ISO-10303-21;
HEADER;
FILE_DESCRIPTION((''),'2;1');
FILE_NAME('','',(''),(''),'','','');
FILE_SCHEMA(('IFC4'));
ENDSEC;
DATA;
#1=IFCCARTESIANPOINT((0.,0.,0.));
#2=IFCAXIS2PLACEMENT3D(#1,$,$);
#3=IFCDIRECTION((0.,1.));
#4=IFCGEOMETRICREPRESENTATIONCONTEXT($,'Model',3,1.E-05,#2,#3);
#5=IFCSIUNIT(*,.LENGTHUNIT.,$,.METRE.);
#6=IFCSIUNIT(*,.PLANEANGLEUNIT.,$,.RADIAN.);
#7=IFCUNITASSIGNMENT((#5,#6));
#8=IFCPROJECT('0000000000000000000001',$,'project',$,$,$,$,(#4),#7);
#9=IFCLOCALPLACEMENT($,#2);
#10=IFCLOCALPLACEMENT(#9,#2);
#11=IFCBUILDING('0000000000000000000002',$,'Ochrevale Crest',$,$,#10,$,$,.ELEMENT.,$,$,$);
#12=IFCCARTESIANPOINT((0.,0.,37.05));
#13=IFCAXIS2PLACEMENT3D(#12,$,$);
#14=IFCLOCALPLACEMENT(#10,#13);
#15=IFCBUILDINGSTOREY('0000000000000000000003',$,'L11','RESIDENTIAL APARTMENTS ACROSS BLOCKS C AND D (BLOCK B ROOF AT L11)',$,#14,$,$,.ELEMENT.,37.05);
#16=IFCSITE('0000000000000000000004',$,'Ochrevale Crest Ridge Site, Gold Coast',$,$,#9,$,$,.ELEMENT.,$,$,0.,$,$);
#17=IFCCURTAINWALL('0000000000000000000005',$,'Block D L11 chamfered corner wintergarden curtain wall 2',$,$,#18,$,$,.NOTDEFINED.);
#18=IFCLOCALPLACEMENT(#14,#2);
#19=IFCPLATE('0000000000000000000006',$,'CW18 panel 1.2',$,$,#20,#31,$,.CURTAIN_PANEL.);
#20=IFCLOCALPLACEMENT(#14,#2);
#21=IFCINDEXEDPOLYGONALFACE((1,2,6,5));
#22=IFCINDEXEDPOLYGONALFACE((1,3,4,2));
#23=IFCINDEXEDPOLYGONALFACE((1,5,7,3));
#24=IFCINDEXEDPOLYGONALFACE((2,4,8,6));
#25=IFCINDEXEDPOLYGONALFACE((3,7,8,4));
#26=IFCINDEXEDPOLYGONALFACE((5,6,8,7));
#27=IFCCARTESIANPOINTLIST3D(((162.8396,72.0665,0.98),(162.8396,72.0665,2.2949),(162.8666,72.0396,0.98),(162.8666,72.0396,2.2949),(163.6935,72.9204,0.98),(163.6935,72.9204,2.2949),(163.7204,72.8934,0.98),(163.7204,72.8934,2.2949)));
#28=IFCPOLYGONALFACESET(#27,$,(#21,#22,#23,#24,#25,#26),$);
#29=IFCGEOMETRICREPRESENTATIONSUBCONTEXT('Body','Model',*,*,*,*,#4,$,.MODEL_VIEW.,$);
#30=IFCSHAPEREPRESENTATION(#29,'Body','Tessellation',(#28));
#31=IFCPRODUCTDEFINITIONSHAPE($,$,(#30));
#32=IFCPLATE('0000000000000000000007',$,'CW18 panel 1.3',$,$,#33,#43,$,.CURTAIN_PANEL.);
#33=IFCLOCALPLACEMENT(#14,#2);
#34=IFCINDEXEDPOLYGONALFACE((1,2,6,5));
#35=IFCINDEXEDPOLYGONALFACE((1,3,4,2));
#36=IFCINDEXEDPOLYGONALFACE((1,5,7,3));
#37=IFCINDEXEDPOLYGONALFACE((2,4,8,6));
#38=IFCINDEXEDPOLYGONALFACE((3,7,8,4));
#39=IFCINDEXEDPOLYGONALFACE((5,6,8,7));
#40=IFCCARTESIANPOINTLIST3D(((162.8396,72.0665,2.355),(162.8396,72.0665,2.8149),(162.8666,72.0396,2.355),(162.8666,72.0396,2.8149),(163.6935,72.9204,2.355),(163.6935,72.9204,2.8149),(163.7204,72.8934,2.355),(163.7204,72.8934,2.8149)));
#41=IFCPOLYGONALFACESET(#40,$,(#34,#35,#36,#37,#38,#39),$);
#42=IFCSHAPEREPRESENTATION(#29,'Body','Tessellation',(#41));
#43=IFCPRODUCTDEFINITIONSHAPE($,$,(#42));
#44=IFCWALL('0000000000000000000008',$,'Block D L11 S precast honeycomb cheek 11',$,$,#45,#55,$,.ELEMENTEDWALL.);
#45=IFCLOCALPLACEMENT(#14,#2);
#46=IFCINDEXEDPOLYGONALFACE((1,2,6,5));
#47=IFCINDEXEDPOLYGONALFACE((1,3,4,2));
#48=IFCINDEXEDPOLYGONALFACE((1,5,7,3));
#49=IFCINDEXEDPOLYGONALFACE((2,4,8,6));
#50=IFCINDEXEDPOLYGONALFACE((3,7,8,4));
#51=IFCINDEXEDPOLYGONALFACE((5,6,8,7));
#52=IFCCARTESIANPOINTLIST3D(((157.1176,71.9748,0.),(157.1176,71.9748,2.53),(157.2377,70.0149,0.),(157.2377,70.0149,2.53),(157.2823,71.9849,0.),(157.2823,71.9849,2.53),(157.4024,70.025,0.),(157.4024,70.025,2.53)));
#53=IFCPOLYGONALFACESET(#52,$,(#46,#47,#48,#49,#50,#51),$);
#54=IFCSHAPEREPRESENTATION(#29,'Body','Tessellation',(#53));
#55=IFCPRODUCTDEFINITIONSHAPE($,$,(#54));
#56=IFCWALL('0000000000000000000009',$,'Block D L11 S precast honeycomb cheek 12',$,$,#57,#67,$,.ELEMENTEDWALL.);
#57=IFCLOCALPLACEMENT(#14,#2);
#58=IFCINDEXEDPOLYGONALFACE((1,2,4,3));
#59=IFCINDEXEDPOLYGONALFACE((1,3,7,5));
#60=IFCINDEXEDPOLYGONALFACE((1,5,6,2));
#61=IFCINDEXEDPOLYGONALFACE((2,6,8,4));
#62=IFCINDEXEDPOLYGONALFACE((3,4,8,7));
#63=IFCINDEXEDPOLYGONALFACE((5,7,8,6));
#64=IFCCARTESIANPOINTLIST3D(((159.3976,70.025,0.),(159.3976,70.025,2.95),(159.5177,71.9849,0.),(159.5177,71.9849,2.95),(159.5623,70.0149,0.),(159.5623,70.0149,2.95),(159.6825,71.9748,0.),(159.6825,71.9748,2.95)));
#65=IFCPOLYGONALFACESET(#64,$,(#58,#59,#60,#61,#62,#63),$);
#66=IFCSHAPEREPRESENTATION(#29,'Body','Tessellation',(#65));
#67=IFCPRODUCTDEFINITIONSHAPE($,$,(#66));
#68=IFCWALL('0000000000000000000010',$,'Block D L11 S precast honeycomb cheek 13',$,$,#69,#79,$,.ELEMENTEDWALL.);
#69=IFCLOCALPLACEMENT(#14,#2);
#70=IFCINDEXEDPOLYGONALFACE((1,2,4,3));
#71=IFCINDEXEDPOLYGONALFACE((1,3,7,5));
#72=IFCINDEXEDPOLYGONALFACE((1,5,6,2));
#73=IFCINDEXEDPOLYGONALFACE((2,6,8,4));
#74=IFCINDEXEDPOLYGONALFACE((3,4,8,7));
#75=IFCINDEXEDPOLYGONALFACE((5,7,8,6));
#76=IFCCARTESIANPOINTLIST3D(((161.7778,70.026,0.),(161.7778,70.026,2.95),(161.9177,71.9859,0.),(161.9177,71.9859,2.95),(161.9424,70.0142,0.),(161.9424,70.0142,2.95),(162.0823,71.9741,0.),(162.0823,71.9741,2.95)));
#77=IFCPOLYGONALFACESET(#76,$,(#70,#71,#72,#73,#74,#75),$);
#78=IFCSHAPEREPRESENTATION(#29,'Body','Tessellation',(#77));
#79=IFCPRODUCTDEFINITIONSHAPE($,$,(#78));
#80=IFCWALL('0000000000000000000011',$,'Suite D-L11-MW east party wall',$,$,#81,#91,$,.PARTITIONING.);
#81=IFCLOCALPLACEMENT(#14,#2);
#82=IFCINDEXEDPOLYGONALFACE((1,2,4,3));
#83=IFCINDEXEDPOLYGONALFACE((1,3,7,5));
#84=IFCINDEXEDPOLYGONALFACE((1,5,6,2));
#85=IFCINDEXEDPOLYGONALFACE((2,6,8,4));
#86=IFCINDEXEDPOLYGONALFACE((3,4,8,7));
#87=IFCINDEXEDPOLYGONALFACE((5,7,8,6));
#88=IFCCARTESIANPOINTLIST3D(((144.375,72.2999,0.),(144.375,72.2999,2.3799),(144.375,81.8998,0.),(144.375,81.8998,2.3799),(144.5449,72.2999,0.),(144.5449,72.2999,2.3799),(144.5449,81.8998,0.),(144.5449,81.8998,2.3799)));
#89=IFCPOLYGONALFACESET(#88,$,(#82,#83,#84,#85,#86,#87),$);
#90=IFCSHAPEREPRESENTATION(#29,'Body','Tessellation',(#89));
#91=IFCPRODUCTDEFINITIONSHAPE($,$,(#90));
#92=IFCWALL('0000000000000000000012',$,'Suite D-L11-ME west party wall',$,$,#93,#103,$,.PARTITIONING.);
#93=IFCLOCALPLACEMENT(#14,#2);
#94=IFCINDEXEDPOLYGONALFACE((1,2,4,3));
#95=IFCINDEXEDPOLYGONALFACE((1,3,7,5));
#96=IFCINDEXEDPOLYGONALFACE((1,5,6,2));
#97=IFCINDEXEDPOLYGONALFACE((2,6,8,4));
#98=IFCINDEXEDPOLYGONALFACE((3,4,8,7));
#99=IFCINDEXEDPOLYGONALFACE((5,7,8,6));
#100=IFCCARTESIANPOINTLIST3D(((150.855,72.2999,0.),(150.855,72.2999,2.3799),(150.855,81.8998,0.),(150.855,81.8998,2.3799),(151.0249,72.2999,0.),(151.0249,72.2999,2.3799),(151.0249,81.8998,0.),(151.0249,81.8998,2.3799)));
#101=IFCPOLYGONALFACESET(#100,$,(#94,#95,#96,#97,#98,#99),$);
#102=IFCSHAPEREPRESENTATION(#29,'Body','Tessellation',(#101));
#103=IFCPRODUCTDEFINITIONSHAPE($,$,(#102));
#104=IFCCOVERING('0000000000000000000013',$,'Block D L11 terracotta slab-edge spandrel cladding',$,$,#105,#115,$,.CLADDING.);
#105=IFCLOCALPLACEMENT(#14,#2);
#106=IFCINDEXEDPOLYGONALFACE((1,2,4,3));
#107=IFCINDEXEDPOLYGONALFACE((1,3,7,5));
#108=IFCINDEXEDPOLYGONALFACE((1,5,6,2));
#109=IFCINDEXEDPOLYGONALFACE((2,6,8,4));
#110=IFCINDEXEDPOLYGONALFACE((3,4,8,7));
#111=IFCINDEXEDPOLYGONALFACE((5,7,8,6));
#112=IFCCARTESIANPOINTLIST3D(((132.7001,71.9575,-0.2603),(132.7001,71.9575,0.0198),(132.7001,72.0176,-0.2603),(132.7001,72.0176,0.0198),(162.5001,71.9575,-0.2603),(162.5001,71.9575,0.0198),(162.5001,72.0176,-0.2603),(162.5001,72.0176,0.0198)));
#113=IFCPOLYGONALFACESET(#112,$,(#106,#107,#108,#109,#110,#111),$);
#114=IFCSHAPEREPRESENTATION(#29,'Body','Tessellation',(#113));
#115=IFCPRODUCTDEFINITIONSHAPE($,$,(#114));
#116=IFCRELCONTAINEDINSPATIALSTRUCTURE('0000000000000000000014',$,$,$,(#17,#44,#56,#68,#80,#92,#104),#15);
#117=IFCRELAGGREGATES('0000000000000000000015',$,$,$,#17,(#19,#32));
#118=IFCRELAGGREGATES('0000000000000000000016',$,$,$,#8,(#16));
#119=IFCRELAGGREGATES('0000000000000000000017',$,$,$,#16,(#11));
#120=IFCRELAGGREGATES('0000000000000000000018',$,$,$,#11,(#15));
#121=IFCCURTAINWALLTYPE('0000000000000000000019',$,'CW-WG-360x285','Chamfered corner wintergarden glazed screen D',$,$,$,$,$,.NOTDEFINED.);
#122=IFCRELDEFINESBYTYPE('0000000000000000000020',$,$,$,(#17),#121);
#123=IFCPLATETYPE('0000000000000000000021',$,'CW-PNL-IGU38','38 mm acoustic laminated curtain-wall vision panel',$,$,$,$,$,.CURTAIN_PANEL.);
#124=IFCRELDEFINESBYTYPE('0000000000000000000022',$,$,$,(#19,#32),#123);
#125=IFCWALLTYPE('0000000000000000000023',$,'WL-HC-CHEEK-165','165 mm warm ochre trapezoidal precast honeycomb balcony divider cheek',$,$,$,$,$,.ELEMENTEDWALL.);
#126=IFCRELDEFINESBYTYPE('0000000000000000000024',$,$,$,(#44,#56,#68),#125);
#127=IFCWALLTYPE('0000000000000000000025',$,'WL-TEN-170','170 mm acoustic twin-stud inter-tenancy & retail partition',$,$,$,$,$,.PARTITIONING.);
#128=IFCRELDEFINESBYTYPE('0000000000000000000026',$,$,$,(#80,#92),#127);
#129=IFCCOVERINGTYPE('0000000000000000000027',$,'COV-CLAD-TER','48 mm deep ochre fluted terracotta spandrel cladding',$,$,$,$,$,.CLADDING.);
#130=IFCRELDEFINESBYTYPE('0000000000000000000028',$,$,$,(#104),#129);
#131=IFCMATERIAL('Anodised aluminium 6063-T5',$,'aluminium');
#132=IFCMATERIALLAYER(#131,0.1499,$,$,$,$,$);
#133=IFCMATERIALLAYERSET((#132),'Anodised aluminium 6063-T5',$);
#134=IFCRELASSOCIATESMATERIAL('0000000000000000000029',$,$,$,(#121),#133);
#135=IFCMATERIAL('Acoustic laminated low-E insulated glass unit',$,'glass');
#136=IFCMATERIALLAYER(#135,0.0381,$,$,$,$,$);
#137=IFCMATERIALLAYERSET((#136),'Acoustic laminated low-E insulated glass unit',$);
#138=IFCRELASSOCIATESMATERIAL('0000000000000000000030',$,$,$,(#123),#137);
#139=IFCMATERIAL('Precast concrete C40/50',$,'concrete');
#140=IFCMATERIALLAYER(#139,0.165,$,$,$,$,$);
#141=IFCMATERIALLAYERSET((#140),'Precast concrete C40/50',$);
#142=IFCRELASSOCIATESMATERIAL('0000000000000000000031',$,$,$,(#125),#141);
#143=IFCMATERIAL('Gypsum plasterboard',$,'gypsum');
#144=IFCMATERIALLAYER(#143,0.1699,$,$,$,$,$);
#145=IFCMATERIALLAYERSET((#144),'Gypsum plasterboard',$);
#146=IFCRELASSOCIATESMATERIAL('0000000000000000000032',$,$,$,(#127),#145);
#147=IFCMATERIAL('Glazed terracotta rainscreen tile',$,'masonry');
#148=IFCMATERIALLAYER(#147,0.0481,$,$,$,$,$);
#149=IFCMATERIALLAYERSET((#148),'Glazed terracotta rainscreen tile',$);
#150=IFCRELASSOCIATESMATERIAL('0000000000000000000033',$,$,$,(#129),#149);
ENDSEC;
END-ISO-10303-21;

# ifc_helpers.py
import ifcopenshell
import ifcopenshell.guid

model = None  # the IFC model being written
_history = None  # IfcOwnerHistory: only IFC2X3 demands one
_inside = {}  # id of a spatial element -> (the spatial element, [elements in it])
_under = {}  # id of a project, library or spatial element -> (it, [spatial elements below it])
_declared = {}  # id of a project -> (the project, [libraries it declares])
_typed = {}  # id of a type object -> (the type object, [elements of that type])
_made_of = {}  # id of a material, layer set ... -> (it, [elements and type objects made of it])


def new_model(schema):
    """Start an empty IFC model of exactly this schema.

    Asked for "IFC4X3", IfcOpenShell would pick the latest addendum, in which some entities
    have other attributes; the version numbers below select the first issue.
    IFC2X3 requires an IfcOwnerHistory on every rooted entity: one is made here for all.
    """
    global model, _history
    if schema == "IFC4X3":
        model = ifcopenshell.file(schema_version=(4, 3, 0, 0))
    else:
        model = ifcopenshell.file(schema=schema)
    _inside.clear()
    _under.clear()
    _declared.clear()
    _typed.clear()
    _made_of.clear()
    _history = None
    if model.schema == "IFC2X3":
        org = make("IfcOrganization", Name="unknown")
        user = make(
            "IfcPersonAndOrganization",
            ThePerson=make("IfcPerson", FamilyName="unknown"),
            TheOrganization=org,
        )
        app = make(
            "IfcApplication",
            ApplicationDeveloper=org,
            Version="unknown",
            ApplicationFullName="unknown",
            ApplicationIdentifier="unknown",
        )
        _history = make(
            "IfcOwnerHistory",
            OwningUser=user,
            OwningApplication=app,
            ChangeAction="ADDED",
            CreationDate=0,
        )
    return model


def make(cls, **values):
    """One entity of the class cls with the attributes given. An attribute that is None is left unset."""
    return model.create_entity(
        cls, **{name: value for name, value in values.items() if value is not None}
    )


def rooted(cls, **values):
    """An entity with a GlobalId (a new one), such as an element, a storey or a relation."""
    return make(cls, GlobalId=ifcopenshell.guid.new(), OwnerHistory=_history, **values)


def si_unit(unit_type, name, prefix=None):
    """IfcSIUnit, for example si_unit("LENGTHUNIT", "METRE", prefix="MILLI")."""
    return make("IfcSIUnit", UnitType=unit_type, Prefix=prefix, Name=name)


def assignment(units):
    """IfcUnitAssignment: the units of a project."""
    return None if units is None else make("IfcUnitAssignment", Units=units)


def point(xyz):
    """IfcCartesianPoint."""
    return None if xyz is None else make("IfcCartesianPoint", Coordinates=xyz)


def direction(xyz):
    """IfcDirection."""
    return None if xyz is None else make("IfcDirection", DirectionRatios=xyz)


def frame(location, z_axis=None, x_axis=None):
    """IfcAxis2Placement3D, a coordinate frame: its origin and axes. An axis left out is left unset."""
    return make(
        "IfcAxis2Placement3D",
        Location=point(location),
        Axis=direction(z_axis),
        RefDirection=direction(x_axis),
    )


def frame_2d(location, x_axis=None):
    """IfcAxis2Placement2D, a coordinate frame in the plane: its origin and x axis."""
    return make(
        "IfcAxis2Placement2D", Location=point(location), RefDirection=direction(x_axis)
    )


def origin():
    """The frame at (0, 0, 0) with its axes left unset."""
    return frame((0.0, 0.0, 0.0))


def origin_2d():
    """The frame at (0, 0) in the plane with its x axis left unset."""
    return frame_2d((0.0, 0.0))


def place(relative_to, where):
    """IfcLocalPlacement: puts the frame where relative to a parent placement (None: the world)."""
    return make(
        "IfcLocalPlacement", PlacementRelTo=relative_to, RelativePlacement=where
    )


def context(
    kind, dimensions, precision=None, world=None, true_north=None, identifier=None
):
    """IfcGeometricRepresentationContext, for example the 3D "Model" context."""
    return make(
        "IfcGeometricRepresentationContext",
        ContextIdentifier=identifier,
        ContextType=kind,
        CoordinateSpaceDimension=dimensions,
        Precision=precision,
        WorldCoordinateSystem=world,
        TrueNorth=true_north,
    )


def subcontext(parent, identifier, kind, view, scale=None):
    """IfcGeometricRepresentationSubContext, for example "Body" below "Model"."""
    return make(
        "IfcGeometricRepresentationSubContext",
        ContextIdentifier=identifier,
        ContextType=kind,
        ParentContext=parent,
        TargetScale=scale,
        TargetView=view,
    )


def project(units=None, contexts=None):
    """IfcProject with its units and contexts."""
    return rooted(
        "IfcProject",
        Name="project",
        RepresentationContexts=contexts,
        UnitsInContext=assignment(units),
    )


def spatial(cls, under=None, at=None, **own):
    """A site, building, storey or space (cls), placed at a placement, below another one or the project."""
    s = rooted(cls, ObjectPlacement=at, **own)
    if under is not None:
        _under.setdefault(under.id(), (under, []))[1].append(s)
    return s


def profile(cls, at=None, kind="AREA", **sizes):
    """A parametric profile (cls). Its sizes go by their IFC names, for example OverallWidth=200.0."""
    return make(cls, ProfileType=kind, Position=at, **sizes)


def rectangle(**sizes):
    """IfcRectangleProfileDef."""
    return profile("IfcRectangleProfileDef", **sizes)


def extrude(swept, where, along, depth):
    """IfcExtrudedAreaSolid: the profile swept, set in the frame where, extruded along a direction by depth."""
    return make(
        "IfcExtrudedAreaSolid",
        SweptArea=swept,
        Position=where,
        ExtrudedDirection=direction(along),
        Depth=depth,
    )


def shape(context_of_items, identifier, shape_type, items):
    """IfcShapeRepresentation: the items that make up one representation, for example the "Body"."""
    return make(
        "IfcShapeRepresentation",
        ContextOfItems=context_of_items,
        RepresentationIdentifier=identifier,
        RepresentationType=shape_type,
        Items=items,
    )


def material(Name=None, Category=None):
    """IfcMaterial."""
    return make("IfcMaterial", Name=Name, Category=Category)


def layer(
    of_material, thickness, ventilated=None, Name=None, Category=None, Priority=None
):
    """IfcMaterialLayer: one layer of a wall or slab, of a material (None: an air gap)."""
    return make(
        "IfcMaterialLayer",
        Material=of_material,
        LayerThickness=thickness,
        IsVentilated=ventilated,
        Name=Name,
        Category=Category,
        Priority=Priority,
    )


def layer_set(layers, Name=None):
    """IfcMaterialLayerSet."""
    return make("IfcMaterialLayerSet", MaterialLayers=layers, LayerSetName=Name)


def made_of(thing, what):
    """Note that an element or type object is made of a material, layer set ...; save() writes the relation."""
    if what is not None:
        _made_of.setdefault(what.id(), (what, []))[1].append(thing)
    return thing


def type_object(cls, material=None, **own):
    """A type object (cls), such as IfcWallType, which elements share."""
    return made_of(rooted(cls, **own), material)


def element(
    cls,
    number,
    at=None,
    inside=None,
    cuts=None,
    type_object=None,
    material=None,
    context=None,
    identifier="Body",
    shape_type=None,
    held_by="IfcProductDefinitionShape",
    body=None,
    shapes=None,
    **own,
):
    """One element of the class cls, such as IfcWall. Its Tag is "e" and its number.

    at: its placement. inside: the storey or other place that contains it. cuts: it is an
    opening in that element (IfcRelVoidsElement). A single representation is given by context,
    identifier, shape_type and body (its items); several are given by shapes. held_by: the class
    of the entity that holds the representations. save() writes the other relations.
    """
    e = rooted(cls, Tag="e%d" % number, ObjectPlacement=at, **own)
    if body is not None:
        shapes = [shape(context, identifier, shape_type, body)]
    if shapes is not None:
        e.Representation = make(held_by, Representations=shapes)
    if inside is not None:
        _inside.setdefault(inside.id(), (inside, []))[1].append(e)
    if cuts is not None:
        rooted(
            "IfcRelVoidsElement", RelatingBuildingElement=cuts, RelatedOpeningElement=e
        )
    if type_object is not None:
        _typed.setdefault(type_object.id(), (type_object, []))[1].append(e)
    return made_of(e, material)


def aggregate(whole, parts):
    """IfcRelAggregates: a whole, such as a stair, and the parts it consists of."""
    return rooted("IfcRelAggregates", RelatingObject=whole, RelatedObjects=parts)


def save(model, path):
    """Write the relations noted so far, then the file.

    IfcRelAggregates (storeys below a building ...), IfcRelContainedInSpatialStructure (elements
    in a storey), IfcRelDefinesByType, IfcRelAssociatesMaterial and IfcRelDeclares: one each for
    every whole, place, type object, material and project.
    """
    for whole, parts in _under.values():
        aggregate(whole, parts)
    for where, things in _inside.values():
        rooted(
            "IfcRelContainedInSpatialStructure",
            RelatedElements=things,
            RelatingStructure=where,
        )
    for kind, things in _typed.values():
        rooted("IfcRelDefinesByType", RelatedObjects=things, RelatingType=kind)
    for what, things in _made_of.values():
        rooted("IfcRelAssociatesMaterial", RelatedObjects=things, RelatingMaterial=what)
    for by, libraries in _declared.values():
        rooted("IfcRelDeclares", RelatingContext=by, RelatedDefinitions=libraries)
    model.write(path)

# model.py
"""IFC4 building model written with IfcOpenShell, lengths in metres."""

from ifc_helpers import new_model, si_unit, direction, frame, frame_2d, origin, origin_2d, place, context, subcontext, project, spatial, rectangle, extrude, material, layer, layer_set, type_object, element, aggregate, save


model = new_model("IFC4")

# Units and contexts
model_context = context("Model", 3, precision=1e-05, world=origin(), true_north=direction((0.0, 1.0)))
body_context = subcontext(model_context, "Body", "Model", "MODEL_VIEW")
ifc_project = project(units=[si_unit("LENGTHUNIT", "METRE"), si_unit("PLANEANGLEUNIT", "RADIAN")], contexts=[model_context])

# Site, building, storey
site_placement = place(None, origin())
site = spatial("IfcSite", under=ifc_project, at=site_placement, Name="Ochrevale Crest Ridge Site, Gold Coast", CompositionType="ELEMENT", RefElevation=0.0)
building_placement = place(site_placement, origin())
building = spatial("IfcBuilding", under=site, at=building_placement, Name="Ochrevale Crest", CompositionType="ELEMENT")
storey_placement = place(building_placement, frame((0.0, 0.0, 37.05)))
storey = spatial("IfcBuildingStorey", under=building, at=storey_placement, Name="L11", Description="RESIDENTIAL APARTMENTS ACROSS BLOCKS C AND D (BLOCK B ROOF AT L11)", CompositionType="ELEMENT", Elevation=37.05)

# Shared definitions
ifc_material_1 = material(Name="Precast concrete C40/50", Category="concrete")

# Curtain wall, plates
ifc_material_2 = material(Name="Anodised aluminium 6063-T5", Category="aluminium")
ifc_layer_1 = layer(ifc_material_2, 0.1499)
ifc_layer_set_1 = layer_set([ifc_layer_1], Name="Anodised aluminium 6063-T5")
curtain_wall_type = type_object("IfcCurtainWallType", Name="CW-WG-360x285", Description="Chamfered corner wintergarden glazed screen D", PredefinedType="NOTDEFINED", material=ifc_layer_set_1)
curtain_wall_placement = place(storey_placement, origin())
curtain_wall = element("IfcCurtainWall", 1, at=curtain_wall_placement, inside=storey, type_object=curtain_wall_type, Name="Block D L11 chamfered corner wintergarden curtain wall 2", PredefinedType="NOTDEFINED")
ifc_material_3 = material(Name="Acoustic laminated low-E insulated glass unit", Category="glass")
ifc_layer_2 = layer(ifc_material_3, 0.0381)
ifc_layer_set_2 = layer_set([ifc_layer_2], Name="Acoustic laminated low-E insulated glass unit")
plate_type = type_object("IfcPlateType", Name="CW-PNL-IGU38", Description="38 mm acoustic laminated curtain-wall vision panel", PredefinedType="CURTAIN_PANEL", material=ifc_layer_set_2)
plate_1_placement = place(storey_placement, frame((163.28, 72.48, 0.98), z_axis=(0.0, 0.0, 1.0), x_axis=(0.707107, 0.707107, 0.0)))
plate_1 = element("IfcPlate", 2, at=plate_1_placement, type_object=plate_type, Name="CW18 panel 1.2", PredefinedType="CURTAIN_PANEL", context=body_context, shape_type="SweptSolid", body=[
    extrude(rectangle(XDim=1.2075, YDim=0.0381, at=origin_2d()), origin(), (0.0, 0.0, 1.0), 1.3149),
])
plate_2_placement = place(storey_placement, frame((163.28, 72.48, 2.355), z_axis=(0.0, 0.0, 1.0), x_axis=(0.707107, 0.707107, 0.0)))
plate_2 = element("IfcPlate", 3, at=plate_2_placement, type_object=plate_type, Name="CW18 panel 1.3", PredefinedType="CURTAIN_PANEL", context=body_context, shape_type="SweptSolid", body=[
    extrude(rectangle(XDim=1.2075, YDim=0.0381, at=origin_2d()), origin(), (0.0, 0.0, 1.0), 0.46),
])
aggregate(curtain_wall, [plate_1, plate_2])

# Walls
ifc_layer_3 = layer(ifc_material_1, 0.165)
ifc_layer_set_3 = layer_set([ifc_layer_3], Name="Precast concrete C40/50")
wall_type_1 = type_object("IfcWallType", Name="WL-HC-CHEEK-165", Description="165 mm warm ochre trapezoidal precast honeycomb balcony divider cheek", PredefinedType="ELEMENTEDWALL", material=ifc_layer_set_3)
wall_1_placement = place(storey_placement, frame((157.2, 71.98, 0.0), z_axis=(0.0, 0.0, 1.0), x_axis=(0.061171, -0.998127, 0.0)))
element("IfcWall", 4, at=wall_1_placement, inside=storey, type_object=wall_type_1, Name="Block D L11 S precast honeycomb cheek 11", PredefinedType="ELEMENTEDWALL", context=body_context, shape_type="SweptSolid", body=[
    extrude(rectangle(XDim=1.9636, YDim=0.165, at=frame_2d((0.9819, 0.0))), origin(), (0.0, 0.0, 1.0), 2.53),
])
wall_2_placement = place(storey_placement, frame((159.6001, 71.98, 0.0), z_axis=(0.0, 0.0, 1.0), x_axis=(-0.061171, -0.998127, 0.0)))
element("IfcWall", 5, at=wall_2_placement, inside=storey, type_object=wall_type_1, Name="Block D L11 S precast honeycomb cheek 12", PredefinedType="ELEMENTEDWALL", context=body_context, shape_type="SweptSolid", body=[
    extrude(rectangle(XDim=1.9636, YDim=0.165, at=frame_2d((0.9819, 0.0))), origin(), (0.0, 0.0, 1.0), 2.95),
])
wall_3_placement = place(storey_placement, frame((162.0, 71.98, 0.0), z_axis=(0.0, 0.0, 1.0), x_axis=(-0.071194, -0.997462, 0.0)))
element("IfcWall", 6, at=wall_3_placement, inside=storey, type_object=wall_type_1, Name="Block D L11 S precast honeycomb cheek 13", PredefinedType="ELEMENTEDWALL", context=body_context, shape_type="SweptSolid", body=[
    extrude(rectangle(XDim=1.9648, YDim=0.165, at=frame_2d((0.9824, 0.0))), origin(), (0.0, 0.0, 1.0), 2.95),
])
ifc_material_4 = material(Name="Gypsum plasterboard", Category="gypsum")
ifc_layer_4 = layer(ifc_material_4, 0.1699)
ifc_layer_set_4 = layer_set([ifc_layer_4], Name="Gypsum plasterboard")
wall_type_2 = type_object("IfcWallType", Name="WL-TEN-170", Description="170 mm acoustic twin-stud inter-tenancy & retail partition", PredefinedType="PARTITIONING", material=ifc_layer_set_4)
for number, where, z_axis, x_axis, name in (
    (7, (144.46, 72.3, 0.0), (0.0, 0.0, 1.0), (0.0, 1.0, 0.0), "Suite D-L11-MW east party wall"),
    (8, (150.9399, 72.3, 0.0), (0.0, 0.0, 1.0), (0.0, 1.0, 0.0), "Suite D-L11-ME west party wall"),
):
    element("IfcWall", number, at=place(storey_placement, frame(where, z_axis=z_axis, x_axis=x_axis)), inside=storey, type_object=wall_type_2, Name=name, PredefinedType="PARTITIONING", context=body_context, shape_type="SweptSolid", body=[
        extrude(rectangle(XDim=9.5999, YDim=0.1699, at=frame_2d((4.7998, 0.0))), origin(), (0.0, 0.0, 1.0), 2.3799),
    ])

# Covering
ifc_material_5 = material(Name="Glazed terracotta rainscreen tile", Category="masonry")
ifc_layer_5 = layer(ifc_material_5, 0.0481)
ifc_layer_set_5 = layer_set([ifc_layer_5], Name="Glazed terracotta rainscreen tile")
covering_type = type_object("IfcCoveringType", Name="COV-CLAD-TER", Description="48 mm deep ochre fluted terracotta spandrel cladding", PredefinedType="CLADDING", material=ifc_layer_set_5)
covering_placement = place(storey_placement, frame((147.6001, 71.9875, -0.2603), z_axis=(0.0, 0.0, 1.0), x_axis=(1.0, 0.0, 0.0)))
element("IfcCovering", 9, at=covering_placement, inside=storey, type_object=covering_type, Name="Block D L11 terracotta slab-edge spandrel cladding", PredefinedType="CLADDING", context=body_context, shape_type="SweptSolid", body=[
    extrude(rectangle(XDim=29.8, YDim=0.0601, at=origin_2d()), origin(), (0.0, 0.0, 1.0), 0.28),
])

save(model, "model.ifc")
